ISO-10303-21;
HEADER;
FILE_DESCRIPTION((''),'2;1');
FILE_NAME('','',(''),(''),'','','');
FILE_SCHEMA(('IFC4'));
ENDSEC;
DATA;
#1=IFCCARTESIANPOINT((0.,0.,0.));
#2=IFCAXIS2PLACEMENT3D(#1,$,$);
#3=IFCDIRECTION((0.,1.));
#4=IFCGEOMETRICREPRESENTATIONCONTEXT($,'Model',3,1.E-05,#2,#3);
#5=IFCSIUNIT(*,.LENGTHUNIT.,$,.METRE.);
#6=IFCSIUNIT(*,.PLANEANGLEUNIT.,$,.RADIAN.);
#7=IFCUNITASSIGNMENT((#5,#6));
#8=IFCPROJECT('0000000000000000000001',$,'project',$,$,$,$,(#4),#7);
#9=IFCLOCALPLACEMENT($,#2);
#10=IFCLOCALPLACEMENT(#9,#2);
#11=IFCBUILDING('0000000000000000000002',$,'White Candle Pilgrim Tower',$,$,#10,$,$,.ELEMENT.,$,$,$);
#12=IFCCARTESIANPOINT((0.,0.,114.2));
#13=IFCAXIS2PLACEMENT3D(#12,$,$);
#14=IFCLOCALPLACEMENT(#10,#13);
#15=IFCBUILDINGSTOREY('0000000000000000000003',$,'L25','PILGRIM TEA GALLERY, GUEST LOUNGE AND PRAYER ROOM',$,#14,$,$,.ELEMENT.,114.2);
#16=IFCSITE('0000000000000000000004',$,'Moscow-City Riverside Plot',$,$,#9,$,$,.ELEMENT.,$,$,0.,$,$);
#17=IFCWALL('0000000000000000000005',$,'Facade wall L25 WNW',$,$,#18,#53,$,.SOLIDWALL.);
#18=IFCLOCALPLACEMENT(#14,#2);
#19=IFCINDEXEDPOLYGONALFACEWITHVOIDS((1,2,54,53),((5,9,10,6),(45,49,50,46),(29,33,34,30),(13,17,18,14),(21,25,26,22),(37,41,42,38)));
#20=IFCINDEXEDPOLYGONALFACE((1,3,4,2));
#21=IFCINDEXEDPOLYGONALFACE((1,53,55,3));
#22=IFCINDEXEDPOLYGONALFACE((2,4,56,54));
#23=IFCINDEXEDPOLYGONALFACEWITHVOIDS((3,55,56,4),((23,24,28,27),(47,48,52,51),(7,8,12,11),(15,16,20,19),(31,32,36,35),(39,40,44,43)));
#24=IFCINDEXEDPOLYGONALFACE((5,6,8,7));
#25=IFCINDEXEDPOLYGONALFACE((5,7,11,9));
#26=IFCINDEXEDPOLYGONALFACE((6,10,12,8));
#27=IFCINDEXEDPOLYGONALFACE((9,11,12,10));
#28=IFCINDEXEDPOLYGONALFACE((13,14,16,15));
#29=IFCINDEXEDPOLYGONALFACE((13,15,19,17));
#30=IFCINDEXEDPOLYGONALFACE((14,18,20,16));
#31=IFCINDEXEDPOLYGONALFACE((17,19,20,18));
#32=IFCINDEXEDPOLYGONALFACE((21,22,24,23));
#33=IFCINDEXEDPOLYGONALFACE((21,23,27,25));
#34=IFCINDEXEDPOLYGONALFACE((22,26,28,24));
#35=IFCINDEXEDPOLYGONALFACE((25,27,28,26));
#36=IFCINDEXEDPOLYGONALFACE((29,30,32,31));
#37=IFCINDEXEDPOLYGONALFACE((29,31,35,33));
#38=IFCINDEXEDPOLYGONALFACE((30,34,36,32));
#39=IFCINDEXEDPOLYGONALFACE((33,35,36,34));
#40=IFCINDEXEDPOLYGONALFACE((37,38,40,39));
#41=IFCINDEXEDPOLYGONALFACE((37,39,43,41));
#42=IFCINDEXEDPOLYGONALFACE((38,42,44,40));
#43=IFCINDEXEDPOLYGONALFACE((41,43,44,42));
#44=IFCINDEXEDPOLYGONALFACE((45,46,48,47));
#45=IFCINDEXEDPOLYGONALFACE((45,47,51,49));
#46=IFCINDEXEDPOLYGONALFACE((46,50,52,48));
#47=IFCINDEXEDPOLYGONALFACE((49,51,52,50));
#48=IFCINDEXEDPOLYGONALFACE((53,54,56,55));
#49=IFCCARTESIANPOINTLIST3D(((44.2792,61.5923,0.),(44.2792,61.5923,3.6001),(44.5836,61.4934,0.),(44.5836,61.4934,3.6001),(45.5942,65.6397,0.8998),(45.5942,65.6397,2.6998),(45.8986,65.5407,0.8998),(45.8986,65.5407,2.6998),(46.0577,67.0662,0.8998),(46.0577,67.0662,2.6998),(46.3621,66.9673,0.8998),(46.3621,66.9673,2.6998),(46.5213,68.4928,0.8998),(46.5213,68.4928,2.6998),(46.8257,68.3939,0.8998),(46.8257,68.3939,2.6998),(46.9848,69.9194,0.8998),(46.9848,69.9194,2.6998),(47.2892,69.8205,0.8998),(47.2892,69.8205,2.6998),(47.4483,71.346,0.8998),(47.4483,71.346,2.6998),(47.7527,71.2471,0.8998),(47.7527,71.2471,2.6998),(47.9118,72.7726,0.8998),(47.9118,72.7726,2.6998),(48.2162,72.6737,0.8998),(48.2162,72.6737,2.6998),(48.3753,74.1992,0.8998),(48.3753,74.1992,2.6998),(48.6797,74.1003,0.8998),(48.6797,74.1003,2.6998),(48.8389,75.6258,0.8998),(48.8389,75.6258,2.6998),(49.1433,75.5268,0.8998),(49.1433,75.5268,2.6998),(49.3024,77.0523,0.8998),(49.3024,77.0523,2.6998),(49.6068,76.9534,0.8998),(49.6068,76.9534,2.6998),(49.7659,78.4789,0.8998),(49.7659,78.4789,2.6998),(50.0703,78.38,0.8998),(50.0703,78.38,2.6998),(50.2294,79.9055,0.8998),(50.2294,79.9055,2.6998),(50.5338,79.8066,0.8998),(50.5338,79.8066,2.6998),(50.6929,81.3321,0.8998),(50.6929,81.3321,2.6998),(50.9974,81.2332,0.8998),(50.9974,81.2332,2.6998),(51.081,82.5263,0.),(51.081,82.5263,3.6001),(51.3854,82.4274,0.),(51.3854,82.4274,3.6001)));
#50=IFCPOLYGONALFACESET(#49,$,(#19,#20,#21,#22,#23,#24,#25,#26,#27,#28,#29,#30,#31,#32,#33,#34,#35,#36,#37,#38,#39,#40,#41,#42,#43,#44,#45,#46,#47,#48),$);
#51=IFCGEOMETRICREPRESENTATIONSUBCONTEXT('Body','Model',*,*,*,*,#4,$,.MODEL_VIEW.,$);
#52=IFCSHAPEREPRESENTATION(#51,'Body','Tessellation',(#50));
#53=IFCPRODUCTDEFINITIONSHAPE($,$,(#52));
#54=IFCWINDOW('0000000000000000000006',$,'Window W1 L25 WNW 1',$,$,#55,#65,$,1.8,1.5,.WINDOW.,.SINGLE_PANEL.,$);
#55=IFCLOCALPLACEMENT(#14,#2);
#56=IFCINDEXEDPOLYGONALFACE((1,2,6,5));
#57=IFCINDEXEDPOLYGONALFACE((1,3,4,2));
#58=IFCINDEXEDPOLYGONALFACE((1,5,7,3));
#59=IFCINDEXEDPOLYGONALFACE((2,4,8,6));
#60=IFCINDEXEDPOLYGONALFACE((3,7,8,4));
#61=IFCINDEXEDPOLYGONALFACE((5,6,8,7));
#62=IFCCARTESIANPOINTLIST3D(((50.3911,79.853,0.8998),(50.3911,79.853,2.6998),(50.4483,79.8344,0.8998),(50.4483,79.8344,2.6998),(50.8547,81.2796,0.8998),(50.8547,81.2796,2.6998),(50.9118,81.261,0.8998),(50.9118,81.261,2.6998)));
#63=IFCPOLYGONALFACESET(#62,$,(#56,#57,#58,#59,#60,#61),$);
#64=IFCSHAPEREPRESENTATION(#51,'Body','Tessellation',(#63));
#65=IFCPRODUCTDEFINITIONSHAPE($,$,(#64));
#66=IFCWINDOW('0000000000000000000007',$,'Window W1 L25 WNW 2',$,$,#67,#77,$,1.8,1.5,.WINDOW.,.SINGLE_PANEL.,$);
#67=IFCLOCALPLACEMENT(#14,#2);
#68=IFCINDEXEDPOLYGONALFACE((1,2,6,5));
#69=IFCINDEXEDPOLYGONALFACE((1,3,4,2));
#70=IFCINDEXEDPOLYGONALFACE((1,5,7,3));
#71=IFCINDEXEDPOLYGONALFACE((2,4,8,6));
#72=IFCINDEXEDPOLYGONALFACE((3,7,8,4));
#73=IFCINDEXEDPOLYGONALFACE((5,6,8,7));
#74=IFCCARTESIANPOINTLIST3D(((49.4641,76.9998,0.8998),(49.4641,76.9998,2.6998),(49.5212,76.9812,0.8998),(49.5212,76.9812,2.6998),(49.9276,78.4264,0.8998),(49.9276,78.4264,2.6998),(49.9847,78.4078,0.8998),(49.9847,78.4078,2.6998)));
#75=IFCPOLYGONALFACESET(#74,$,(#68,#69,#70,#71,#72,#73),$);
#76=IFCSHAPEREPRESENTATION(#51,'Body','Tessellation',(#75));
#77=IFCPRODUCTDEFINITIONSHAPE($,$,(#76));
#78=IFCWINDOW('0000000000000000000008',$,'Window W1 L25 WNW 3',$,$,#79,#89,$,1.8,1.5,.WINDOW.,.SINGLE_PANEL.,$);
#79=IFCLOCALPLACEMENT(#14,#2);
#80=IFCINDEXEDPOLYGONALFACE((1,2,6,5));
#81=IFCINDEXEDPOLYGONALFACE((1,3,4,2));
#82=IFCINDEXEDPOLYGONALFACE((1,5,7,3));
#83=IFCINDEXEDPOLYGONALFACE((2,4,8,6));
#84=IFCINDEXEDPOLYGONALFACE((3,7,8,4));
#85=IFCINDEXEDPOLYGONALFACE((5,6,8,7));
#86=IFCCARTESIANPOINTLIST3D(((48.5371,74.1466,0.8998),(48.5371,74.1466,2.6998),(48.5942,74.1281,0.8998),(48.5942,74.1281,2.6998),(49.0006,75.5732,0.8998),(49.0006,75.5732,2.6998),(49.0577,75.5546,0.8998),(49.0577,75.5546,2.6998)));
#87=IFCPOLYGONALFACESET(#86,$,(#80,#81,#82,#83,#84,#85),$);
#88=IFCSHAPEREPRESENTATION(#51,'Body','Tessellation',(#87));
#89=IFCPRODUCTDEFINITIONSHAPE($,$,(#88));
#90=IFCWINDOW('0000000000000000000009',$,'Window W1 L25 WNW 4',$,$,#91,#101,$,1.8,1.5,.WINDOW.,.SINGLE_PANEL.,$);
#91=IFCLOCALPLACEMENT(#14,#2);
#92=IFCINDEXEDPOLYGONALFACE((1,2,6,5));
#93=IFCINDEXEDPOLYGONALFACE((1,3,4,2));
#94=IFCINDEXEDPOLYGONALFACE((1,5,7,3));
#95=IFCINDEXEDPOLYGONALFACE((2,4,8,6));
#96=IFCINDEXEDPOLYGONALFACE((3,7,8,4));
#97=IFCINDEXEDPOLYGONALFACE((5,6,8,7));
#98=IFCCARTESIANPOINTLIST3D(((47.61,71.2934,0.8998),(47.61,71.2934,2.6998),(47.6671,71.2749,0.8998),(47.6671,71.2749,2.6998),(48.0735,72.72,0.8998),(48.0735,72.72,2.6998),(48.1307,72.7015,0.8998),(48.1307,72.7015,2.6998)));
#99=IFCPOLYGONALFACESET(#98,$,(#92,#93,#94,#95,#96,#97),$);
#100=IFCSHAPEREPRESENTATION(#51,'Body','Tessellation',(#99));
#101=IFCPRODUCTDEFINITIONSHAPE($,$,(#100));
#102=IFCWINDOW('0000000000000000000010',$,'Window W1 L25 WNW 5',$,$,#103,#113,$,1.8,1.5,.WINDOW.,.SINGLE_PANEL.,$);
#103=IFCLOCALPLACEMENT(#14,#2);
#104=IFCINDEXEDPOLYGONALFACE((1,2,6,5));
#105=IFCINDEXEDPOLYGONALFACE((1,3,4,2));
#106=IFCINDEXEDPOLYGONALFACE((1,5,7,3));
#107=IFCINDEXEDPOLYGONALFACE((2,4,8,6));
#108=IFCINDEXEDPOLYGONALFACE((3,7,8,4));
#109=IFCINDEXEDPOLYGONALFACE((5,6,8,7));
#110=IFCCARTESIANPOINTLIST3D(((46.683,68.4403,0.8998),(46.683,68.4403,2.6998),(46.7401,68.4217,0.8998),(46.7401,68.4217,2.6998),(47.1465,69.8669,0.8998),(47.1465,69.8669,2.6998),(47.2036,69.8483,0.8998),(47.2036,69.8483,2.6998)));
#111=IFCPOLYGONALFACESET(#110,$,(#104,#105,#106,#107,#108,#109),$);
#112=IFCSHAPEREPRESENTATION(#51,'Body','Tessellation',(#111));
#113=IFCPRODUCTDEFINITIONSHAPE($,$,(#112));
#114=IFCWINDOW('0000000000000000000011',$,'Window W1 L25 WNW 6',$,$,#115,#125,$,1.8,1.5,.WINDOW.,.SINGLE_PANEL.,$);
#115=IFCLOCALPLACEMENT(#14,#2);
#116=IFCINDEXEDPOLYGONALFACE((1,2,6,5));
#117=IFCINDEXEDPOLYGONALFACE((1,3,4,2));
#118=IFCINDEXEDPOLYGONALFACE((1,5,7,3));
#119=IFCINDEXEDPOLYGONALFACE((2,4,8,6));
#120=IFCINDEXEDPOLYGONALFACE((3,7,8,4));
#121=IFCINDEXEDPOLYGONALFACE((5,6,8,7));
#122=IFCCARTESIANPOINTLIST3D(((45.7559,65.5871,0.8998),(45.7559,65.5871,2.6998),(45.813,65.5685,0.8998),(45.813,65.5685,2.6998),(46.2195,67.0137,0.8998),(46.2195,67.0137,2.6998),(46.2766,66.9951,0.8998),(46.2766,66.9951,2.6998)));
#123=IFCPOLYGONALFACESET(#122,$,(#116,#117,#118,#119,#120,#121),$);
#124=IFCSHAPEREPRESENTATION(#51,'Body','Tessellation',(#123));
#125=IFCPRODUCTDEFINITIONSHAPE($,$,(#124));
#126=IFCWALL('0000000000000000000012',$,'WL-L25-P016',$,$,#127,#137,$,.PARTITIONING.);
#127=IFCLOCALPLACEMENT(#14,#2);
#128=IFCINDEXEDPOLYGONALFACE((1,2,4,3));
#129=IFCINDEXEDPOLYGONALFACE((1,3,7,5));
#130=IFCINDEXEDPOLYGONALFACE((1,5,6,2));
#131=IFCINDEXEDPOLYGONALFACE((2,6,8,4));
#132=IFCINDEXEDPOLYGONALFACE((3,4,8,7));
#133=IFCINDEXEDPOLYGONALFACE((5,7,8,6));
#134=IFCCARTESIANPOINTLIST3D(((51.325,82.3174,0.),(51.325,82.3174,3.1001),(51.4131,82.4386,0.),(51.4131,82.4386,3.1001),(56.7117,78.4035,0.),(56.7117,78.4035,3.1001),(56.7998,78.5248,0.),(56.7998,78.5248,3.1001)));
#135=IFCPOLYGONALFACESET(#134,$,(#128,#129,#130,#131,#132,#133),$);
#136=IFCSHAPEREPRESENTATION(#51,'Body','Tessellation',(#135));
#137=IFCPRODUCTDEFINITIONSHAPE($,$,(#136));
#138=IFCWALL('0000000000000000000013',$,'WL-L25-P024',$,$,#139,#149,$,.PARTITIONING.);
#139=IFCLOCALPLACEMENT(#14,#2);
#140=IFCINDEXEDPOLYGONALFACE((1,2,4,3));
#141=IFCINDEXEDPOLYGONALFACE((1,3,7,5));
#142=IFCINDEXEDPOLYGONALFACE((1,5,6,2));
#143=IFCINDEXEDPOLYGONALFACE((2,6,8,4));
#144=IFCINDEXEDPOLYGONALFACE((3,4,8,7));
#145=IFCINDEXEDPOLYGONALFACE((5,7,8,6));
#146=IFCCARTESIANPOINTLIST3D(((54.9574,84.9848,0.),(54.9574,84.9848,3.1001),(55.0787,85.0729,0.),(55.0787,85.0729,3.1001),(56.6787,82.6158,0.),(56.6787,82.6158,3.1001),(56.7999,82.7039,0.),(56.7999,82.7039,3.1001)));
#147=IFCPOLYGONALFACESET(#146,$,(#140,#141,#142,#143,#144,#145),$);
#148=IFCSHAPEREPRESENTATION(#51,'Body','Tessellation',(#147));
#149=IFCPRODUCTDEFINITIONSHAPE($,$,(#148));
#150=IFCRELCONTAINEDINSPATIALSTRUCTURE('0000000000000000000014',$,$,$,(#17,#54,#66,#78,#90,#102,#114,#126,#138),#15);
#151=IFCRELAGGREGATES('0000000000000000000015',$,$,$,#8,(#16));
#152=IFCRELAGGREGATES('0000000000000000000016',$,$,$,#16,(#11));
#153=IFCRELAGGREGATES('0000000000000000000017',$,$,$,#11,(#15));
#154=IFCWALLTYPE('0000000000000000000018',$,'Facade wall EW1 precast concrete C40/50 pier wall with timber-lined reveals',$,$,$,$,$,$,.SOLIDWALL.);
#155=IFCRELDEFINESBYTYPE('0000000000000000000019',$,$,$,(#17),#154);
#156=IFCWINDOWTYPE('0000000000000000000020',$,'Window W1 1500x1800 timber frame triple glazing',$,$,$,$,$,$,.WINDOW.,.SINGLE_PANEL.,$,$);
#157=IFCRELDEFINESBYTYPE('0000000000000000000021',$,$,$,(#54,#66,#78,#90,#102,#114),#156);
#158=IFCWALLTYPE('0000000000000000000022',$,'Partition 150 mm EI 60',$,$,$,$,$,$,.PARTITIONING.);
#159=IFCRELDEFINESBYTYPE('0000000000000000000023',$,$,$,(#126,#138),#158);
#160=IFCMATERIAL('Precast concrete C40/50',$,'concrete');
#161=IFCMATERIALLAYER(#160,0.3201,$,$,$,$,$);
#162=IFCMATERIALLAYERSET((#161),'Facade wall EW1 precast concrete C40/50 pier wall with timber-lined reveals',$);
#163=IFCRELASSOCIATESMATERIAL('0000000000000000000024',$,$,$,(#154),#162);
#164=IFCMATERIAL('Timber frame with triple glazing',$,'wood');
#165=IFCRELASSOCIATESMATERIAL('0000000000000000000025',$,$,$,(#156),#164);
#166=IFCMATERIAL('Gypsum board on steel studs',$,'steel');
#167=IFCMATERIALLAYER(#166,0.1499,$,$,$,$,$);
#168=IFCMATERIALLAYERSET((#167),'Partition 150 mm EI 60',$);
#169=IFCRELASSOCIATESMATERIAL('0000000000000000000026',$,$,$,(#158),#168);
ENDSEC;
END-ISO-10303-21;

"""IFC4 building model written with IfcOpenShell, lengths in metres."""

from ifc_helpers import new_model, si_unit, direction, frame, frame_2d, origin, place, context, subcontext, project, spatial, rectangle, extrude, material, layer, layer_set, type_object, element, fill, save


model = new_model("IFC4")

# Units and contexts
model_context = context("Model", 3, precision=1e-05, world=origin(), true_north=direction((0.0, 1.0)))
body_context = subcontext(model_context, "Body", "Model", "MODEL_VIEW")
ifc_project = project(units=[si_unit("LENGTHUNIT", "METRE"), si_unit("PLANEANGLEUNIT", "RADIAN")], contexts=[model_context])

# Site, building, storey
site_placement = place(None, origin())
site = spatial("IfcSite", under=ifc_project, at=site_placement, Name="Moscow-City Riverside Plot", CompositionType="ELEMENT", RefElevation=0.0)
building_placement = place(site_placement, origin())
building = spatial("IfcBuilding", under=site, at=building_placement, Name="White Candle Pilgrim Tower", CompositionType="ELEMENT")
storey_placement = place(building_placement, frame((0.0, 0.0, 114.2)))
storey = spatial("IfcBuildingStorey", under=building, at=storey_placement, Name="L25", Description="PILGRIM TEA GALLERY, GUEST LOUNGE AND PRAYER ROOM", CompositionType="ELEMENT", Elevation=114.2)

# Wall, openings, windows
ifc_material_1 = material(Name="Precast concrete C40/50", Category="concrete")
ifc_layer_1 = layer(ifc_material_1, 0.3201)
ifc_layer_set_1 = layer_set([ifc_layer_1], Name="Facade wall EW1 precast concrete C40/50 pier wall with timber-lined reveals")
wall_type_1 = type_object("IfcWallType", Name="Facade wall EW1 precast concrete C40/50 pier wall with timber-lined reveals", PredefinedType="SOLIDWALL", material=ifc_layer_set_1)
ifc_material_2 = material(Name="Timber frame with triple glazing", Category="wood")
wall_1_placement = place(storey_placement, frame((51.2332, 82.4768, 0.0), z_axis=(0.0, 0.0, 1.0), x_axis=(-0.309015, -0.951057, 0.0)))
wall_1 = element("IfcWall", 1, at=wall_1_placement, inside=storey, type_object=wall_type_1, Name="Facade wall L25 WNW", PredefinedType="SOLIDWALL", context=body_context, shape_type="SweptSolid", body=[
    extrude(rectangle(XDim=22.0112, YDim=0.3201, at=frame_2d((11.0056, 0.0))), origin(), (0.0, 0.0, 1.0), 3.6001),
])
opening_1_placement = place(wall_1_placement, frame((1.2556, 0.0, 0.8999)))
opening_1 = element("IfcOpeningElement", 2, at=opening_1_placement, cuts=wall_1, PredefinedType="OPENING", context=body_context, shape_type="SweptSolid", body=[
    extrude(rectangle(XDim=1.5, YDim=1.8, at=frame_2d((0.75, 0.8999))), frame((0.0, 0.1699, 0.0), z_axis=(0.0, -1.0, 0.0), x_axis=(1.0, 0.0, 0.0)), (0.0, 0.0, 1.0), 0.3401),
])
opening_2_placement = place(wall_1_placement, frame((4.2556, 0.0, 0.8999)))
opening_2 = element("IfcOpeningElement", 3, at=opening_2_placement, cuts=wall_1, PredefinedType="OPENING", context=body_context, shape_type="SweptSolid", body=[
    extrude(rectangle(XDim=1.5, YDim=1.8, at=frame_2d((0.75, 0.8999))), frame((0.0, 0.1699, 0.0), z_axis=(0.0, -1.0, 0.0), x_axis=(1.0, 0.0, 0.0)), (0.0, 0.0, 1.0), 0.3401),
])
opening_3_placement = place(wall_1_placement, frame((7.2556, 0.0, 0.8999)))
opening_3 = element("IfcOpeningElement", 4, at=opening_3_placement, cuts=wall_1, PredefinedType="OPENING", context=body_context, shape_type="SweptSolid", body=[
    extrude(rectangle(XDim=1.5, YDim=1.8, at=frame_2d((0.75, 0.8999))), frame((0.0, 0.1699, 0.0), z_axis=(0.0, -1.0, 0.0), x_axis=(1.0, 0.0, 0.0)), (0.0, 0.0, 1.0), 0.3401),
])
opening_4_placement = place(wall_1_placement, frame((10.2556, 0.0, 0.8999)))
opening_4 = element("IfcOpeningElement", 5, at=opening_4_placement, cuts=wall_1, PredefinedType="OPENING", context=body_context, shape_type="SweptSolid", body=[
    extrude(rectangle(XDim=1.5, YDim=1.8, at=frame_2d((0.75, 0.8999))), frame((0.0, 0.1699, 0.0), z_axis=(0.0, -1.0, 0.0), x_axis=(1.0, 0.0, 0.0)), (0.0, 0.0, 1.0), 0.3401),
])
opening_5_placement = place(wall_1_placement, frame((13.2556, 0.0, 0.8999)))
opening_5 = element("IfcOpeningElement", 6, at=opening_5_placement, cuts=wall_1, PredefinedType="OPENING", context=body_context, shape_type="SweptSolid", body=[
    extrude(rectangle(XDim=1.5, YDim=1.8, at=frame_2d((0.75, 0.8999))), frame((0.0, 0.1699, 0.0), z_axis=(0.0, -1.0, 0.0), x_axis=(1.0, 0.0, 0.0)), (0.0, 0.0, 1.0), 0.3401),
])
opening_6_placement = place(wall_1_placement, frame((16.2556, 0.0, 0.8999)))
opening_6 = element("IfcOpeningElement", 7, at=opening_6_placement, cuts=wall_1, PredefinedType="OPENING", context=body_context, shape_type="SweptSolid", body=[
    extrude(rectangle(XDim=1.5, YDim=1.8, at=frame_2d((0.75, 0.8999))), frame((0.0, 0.1699, 0.0), z_axis=(0.0, -1.0, 0.0), x_axis=(1.0, 0.0, 0.0)), (0.0, 0.0, 1.0), 0.3401),
])
window_type_1 = type_object("IfcWindowType", Name="Window W1 1500x1800 timber frame triple glazing", PartitioningType="SINGLE_PANEL", PredefinedType="WINDOW", material=ifc_material_2)
window_1_placement = place(opening_1_placement, origin())
window_1 = element("IfcWindow", 8, at=window_1_placement, inside=storey, type_object=window_type_1, Name="Window W1 L25 WNW 1", OverallHeight=1.8, OverallWidth=1.5, PartitioningType="SINGLE_PANEL", PredefinedType="WINDOW", context=body_context, shape_type="SweptSolid", body=[
    extrude(rectangle(XDim=1.5, YDim=1.8, at=frame_2d((0.75, 0.8999))), frame((0.0, 0.0701, 0.0), z_axis=(0.0, -1.0, 0.0), x_axis=(1.0, 0.0, 0.0)), (0.0, 0.0, 1.0), 0.0601),
])
fill(opening_1, window_1)
window_2_placement = place(opening_2_placement, origin())
window_2 = element("IfcWindow", 9, at=window_2_placement, inside=storey, type_object=window_type_1, Name="Window W1 L25 WNW 2", OverallHeight=1.8, OverallWidth=1.5, PartitioningType="SINGLE_PANEL", PredefinedType="WINDOW", context=body_context, shape_type="SweptSolid", body=[
    extrude(rectangle(XDim=1.5, YDim=1.8, at=frame_2d((0.75, 0.8999))), frame((0.0, 0.0701, 0.0), z_axis=(0.0, -1.0, 0.0), x_axis=(1.0, 0.0, 0.0)), (0.0, 0.0, 1.0), 0.0601),
])
fill(opening_2, window_2)
window_3_placement = place(opening_3_placement, origin())
window_3 = element("IfcWindow", 10, at=window_3_placement, inside=storey, type_object=window_type_1, Name="Window W1 L25 WNW 3", OverallHeight=1.8, OverallWidth=1.5, PartitioningType="SINGLE_PANEL", PredefinedType="WINDOW", context=body_context, shape_type="SweptSolid", body=[
    extrude(rectangle(XDim=1.5, YDim=1.8, at=frame_2d((0.75, 0.8999))), frame((0.0, 0.0701, 0.0), z_axis=(0.0, -1.0, 0.0), x_axis=(1.0, 0.0, 0.0)), (0.0, 0.0, 1.0), 0.0601),
])
fill(opening_3, window_3)
window_4_placement = place(opening_4_placement, origin())
window_4 = element("IfcWindow", 11, at=window_4_placement, inside=storey, type_object=window_type_1, Name="Window W1 L25 WNW 4", OverallHeight=1.8, OverallWidth=1.5, PartitioningType="SINGLE_PANEL", PredefinedType="WINDOW", context=body_context, shape_type="SweptSolid", body=[
    extrude(rectangle(XDim=1.5, YDim=1.8, at=frame_2d((0.75, 0.8999))), frame((0.0, 0.0701, 0.0), z_axis=(0.0, -1.0, 0.0), x_axis=(1.0, 0.0, 0.0)), (0.0, 0.0, 1.0), 0.0601),
])
fill(opening_4, window_4)
window_5_placement = place(opening_5_placement, origin())
window_5 = element("IfcWindow", 12, at=window_5_placement, inside=storey, type_object=window_type_1, Name="Window W1 L25 WNW 5", OverallHeight=1.8, OverallWidth=1.5, PartitioningType="SINGLE_PANEL", PredefinedType="WINDOW", context=body_context, shape_type="SweptSolid", body=[
    extrude(rectangle(XDim=1.5, YDim=1.8, at=frame_2d((0.75, 0.8999))), frame((0.0, 0.0701, 0.0), z_axis=(0.0, -1.0, 0.0), x_axis=(1.0, 0.0, 0.0)), (0.0, 0.0, 1.0), 0.0601),
])
fill(opening_5, window_5)
window_6_placement = place(opening_6_placement, origin())
window_6 = element("IfcWindow", 13, at=window_6_placement, inside=storey, type_object=window_type_1, Name="Window W1 L25 WNW 6", OverallHeight=1.8, OverallWidth=1.5, PartitioningType="SINGLE_PANEL", PredefinedType="WINDOW", context=body_context, shape_type="SweptSolid", body=[
    extrude(rectangle(XDim=1.5, YDim=1.8, at=frame_2d((0.75, 0.8999))), frame((0.0, 0.0701, 0.0), z_axis=(0.0, -1.0, 0.0), x_axis=(1.0, 0.0, 0.0)), (0.0, 0.0, 1.0), 0.0601),
])
fill(opening_6, window_6)

# Walls
ifc_material_3 = material(Name="Gypsum board on steel studs", Category="steel")
ifc_layer_2 = layer(ifc_material_3, 0.1499)
ifc_layer_set_2 = layer_set([ifc_layer_2], Name="Partition 150 mm EI 60")
wall_type_2 = type_object("IfcWallType", Name="Partition 150 mm EI 60", PredefinedType="PARTITIONING", material=ifc_layer_set_2)
wall_2_placement = place(storey_placement, frame((51.3691, 82.3779, 0.0), z_axis=(0.0, 0.0, 1.0), x_axis=(0.809007, -0.587799, 0.0)))
element("IfcWall", 14, at=wall_2_placement, inside=storey, type_object=wall_type_2, Name="WL-L25-P016", PredefinedType="PARTITIONING", context=body_context, shape_type="SweptSolid", body=[
    extrude(rectangle(XDim=6.6584, YDim=0.1499, at=frame_2d((3.3291, 0.0))), origin(), (0.0, 0.0, 1.0), 3.1001),
])
wall_3_placement = place(storey_placement, frame((55.0181, 85.0288, 0.0), z_axis=(0.0, 0.0, 1.0), x_axis=(0.587805, -0.809003, 0.0)))
element("IfcWall", 15, at=wall_3_placement, inside=storey, type_object=wall_type_2, Name="WL-L25-P024", PredefinedType="PARTITIONING", context=body_context, shape_type="SweptSolid", body=[
    extrude(rectangle(XDim=2.9282, YDim=0.1499, at=frame_2d((1.4641, 0.0))), origin(), (0.0, 0.0, 1.0), 3.1001),
])

save(model, "model.ifc")
